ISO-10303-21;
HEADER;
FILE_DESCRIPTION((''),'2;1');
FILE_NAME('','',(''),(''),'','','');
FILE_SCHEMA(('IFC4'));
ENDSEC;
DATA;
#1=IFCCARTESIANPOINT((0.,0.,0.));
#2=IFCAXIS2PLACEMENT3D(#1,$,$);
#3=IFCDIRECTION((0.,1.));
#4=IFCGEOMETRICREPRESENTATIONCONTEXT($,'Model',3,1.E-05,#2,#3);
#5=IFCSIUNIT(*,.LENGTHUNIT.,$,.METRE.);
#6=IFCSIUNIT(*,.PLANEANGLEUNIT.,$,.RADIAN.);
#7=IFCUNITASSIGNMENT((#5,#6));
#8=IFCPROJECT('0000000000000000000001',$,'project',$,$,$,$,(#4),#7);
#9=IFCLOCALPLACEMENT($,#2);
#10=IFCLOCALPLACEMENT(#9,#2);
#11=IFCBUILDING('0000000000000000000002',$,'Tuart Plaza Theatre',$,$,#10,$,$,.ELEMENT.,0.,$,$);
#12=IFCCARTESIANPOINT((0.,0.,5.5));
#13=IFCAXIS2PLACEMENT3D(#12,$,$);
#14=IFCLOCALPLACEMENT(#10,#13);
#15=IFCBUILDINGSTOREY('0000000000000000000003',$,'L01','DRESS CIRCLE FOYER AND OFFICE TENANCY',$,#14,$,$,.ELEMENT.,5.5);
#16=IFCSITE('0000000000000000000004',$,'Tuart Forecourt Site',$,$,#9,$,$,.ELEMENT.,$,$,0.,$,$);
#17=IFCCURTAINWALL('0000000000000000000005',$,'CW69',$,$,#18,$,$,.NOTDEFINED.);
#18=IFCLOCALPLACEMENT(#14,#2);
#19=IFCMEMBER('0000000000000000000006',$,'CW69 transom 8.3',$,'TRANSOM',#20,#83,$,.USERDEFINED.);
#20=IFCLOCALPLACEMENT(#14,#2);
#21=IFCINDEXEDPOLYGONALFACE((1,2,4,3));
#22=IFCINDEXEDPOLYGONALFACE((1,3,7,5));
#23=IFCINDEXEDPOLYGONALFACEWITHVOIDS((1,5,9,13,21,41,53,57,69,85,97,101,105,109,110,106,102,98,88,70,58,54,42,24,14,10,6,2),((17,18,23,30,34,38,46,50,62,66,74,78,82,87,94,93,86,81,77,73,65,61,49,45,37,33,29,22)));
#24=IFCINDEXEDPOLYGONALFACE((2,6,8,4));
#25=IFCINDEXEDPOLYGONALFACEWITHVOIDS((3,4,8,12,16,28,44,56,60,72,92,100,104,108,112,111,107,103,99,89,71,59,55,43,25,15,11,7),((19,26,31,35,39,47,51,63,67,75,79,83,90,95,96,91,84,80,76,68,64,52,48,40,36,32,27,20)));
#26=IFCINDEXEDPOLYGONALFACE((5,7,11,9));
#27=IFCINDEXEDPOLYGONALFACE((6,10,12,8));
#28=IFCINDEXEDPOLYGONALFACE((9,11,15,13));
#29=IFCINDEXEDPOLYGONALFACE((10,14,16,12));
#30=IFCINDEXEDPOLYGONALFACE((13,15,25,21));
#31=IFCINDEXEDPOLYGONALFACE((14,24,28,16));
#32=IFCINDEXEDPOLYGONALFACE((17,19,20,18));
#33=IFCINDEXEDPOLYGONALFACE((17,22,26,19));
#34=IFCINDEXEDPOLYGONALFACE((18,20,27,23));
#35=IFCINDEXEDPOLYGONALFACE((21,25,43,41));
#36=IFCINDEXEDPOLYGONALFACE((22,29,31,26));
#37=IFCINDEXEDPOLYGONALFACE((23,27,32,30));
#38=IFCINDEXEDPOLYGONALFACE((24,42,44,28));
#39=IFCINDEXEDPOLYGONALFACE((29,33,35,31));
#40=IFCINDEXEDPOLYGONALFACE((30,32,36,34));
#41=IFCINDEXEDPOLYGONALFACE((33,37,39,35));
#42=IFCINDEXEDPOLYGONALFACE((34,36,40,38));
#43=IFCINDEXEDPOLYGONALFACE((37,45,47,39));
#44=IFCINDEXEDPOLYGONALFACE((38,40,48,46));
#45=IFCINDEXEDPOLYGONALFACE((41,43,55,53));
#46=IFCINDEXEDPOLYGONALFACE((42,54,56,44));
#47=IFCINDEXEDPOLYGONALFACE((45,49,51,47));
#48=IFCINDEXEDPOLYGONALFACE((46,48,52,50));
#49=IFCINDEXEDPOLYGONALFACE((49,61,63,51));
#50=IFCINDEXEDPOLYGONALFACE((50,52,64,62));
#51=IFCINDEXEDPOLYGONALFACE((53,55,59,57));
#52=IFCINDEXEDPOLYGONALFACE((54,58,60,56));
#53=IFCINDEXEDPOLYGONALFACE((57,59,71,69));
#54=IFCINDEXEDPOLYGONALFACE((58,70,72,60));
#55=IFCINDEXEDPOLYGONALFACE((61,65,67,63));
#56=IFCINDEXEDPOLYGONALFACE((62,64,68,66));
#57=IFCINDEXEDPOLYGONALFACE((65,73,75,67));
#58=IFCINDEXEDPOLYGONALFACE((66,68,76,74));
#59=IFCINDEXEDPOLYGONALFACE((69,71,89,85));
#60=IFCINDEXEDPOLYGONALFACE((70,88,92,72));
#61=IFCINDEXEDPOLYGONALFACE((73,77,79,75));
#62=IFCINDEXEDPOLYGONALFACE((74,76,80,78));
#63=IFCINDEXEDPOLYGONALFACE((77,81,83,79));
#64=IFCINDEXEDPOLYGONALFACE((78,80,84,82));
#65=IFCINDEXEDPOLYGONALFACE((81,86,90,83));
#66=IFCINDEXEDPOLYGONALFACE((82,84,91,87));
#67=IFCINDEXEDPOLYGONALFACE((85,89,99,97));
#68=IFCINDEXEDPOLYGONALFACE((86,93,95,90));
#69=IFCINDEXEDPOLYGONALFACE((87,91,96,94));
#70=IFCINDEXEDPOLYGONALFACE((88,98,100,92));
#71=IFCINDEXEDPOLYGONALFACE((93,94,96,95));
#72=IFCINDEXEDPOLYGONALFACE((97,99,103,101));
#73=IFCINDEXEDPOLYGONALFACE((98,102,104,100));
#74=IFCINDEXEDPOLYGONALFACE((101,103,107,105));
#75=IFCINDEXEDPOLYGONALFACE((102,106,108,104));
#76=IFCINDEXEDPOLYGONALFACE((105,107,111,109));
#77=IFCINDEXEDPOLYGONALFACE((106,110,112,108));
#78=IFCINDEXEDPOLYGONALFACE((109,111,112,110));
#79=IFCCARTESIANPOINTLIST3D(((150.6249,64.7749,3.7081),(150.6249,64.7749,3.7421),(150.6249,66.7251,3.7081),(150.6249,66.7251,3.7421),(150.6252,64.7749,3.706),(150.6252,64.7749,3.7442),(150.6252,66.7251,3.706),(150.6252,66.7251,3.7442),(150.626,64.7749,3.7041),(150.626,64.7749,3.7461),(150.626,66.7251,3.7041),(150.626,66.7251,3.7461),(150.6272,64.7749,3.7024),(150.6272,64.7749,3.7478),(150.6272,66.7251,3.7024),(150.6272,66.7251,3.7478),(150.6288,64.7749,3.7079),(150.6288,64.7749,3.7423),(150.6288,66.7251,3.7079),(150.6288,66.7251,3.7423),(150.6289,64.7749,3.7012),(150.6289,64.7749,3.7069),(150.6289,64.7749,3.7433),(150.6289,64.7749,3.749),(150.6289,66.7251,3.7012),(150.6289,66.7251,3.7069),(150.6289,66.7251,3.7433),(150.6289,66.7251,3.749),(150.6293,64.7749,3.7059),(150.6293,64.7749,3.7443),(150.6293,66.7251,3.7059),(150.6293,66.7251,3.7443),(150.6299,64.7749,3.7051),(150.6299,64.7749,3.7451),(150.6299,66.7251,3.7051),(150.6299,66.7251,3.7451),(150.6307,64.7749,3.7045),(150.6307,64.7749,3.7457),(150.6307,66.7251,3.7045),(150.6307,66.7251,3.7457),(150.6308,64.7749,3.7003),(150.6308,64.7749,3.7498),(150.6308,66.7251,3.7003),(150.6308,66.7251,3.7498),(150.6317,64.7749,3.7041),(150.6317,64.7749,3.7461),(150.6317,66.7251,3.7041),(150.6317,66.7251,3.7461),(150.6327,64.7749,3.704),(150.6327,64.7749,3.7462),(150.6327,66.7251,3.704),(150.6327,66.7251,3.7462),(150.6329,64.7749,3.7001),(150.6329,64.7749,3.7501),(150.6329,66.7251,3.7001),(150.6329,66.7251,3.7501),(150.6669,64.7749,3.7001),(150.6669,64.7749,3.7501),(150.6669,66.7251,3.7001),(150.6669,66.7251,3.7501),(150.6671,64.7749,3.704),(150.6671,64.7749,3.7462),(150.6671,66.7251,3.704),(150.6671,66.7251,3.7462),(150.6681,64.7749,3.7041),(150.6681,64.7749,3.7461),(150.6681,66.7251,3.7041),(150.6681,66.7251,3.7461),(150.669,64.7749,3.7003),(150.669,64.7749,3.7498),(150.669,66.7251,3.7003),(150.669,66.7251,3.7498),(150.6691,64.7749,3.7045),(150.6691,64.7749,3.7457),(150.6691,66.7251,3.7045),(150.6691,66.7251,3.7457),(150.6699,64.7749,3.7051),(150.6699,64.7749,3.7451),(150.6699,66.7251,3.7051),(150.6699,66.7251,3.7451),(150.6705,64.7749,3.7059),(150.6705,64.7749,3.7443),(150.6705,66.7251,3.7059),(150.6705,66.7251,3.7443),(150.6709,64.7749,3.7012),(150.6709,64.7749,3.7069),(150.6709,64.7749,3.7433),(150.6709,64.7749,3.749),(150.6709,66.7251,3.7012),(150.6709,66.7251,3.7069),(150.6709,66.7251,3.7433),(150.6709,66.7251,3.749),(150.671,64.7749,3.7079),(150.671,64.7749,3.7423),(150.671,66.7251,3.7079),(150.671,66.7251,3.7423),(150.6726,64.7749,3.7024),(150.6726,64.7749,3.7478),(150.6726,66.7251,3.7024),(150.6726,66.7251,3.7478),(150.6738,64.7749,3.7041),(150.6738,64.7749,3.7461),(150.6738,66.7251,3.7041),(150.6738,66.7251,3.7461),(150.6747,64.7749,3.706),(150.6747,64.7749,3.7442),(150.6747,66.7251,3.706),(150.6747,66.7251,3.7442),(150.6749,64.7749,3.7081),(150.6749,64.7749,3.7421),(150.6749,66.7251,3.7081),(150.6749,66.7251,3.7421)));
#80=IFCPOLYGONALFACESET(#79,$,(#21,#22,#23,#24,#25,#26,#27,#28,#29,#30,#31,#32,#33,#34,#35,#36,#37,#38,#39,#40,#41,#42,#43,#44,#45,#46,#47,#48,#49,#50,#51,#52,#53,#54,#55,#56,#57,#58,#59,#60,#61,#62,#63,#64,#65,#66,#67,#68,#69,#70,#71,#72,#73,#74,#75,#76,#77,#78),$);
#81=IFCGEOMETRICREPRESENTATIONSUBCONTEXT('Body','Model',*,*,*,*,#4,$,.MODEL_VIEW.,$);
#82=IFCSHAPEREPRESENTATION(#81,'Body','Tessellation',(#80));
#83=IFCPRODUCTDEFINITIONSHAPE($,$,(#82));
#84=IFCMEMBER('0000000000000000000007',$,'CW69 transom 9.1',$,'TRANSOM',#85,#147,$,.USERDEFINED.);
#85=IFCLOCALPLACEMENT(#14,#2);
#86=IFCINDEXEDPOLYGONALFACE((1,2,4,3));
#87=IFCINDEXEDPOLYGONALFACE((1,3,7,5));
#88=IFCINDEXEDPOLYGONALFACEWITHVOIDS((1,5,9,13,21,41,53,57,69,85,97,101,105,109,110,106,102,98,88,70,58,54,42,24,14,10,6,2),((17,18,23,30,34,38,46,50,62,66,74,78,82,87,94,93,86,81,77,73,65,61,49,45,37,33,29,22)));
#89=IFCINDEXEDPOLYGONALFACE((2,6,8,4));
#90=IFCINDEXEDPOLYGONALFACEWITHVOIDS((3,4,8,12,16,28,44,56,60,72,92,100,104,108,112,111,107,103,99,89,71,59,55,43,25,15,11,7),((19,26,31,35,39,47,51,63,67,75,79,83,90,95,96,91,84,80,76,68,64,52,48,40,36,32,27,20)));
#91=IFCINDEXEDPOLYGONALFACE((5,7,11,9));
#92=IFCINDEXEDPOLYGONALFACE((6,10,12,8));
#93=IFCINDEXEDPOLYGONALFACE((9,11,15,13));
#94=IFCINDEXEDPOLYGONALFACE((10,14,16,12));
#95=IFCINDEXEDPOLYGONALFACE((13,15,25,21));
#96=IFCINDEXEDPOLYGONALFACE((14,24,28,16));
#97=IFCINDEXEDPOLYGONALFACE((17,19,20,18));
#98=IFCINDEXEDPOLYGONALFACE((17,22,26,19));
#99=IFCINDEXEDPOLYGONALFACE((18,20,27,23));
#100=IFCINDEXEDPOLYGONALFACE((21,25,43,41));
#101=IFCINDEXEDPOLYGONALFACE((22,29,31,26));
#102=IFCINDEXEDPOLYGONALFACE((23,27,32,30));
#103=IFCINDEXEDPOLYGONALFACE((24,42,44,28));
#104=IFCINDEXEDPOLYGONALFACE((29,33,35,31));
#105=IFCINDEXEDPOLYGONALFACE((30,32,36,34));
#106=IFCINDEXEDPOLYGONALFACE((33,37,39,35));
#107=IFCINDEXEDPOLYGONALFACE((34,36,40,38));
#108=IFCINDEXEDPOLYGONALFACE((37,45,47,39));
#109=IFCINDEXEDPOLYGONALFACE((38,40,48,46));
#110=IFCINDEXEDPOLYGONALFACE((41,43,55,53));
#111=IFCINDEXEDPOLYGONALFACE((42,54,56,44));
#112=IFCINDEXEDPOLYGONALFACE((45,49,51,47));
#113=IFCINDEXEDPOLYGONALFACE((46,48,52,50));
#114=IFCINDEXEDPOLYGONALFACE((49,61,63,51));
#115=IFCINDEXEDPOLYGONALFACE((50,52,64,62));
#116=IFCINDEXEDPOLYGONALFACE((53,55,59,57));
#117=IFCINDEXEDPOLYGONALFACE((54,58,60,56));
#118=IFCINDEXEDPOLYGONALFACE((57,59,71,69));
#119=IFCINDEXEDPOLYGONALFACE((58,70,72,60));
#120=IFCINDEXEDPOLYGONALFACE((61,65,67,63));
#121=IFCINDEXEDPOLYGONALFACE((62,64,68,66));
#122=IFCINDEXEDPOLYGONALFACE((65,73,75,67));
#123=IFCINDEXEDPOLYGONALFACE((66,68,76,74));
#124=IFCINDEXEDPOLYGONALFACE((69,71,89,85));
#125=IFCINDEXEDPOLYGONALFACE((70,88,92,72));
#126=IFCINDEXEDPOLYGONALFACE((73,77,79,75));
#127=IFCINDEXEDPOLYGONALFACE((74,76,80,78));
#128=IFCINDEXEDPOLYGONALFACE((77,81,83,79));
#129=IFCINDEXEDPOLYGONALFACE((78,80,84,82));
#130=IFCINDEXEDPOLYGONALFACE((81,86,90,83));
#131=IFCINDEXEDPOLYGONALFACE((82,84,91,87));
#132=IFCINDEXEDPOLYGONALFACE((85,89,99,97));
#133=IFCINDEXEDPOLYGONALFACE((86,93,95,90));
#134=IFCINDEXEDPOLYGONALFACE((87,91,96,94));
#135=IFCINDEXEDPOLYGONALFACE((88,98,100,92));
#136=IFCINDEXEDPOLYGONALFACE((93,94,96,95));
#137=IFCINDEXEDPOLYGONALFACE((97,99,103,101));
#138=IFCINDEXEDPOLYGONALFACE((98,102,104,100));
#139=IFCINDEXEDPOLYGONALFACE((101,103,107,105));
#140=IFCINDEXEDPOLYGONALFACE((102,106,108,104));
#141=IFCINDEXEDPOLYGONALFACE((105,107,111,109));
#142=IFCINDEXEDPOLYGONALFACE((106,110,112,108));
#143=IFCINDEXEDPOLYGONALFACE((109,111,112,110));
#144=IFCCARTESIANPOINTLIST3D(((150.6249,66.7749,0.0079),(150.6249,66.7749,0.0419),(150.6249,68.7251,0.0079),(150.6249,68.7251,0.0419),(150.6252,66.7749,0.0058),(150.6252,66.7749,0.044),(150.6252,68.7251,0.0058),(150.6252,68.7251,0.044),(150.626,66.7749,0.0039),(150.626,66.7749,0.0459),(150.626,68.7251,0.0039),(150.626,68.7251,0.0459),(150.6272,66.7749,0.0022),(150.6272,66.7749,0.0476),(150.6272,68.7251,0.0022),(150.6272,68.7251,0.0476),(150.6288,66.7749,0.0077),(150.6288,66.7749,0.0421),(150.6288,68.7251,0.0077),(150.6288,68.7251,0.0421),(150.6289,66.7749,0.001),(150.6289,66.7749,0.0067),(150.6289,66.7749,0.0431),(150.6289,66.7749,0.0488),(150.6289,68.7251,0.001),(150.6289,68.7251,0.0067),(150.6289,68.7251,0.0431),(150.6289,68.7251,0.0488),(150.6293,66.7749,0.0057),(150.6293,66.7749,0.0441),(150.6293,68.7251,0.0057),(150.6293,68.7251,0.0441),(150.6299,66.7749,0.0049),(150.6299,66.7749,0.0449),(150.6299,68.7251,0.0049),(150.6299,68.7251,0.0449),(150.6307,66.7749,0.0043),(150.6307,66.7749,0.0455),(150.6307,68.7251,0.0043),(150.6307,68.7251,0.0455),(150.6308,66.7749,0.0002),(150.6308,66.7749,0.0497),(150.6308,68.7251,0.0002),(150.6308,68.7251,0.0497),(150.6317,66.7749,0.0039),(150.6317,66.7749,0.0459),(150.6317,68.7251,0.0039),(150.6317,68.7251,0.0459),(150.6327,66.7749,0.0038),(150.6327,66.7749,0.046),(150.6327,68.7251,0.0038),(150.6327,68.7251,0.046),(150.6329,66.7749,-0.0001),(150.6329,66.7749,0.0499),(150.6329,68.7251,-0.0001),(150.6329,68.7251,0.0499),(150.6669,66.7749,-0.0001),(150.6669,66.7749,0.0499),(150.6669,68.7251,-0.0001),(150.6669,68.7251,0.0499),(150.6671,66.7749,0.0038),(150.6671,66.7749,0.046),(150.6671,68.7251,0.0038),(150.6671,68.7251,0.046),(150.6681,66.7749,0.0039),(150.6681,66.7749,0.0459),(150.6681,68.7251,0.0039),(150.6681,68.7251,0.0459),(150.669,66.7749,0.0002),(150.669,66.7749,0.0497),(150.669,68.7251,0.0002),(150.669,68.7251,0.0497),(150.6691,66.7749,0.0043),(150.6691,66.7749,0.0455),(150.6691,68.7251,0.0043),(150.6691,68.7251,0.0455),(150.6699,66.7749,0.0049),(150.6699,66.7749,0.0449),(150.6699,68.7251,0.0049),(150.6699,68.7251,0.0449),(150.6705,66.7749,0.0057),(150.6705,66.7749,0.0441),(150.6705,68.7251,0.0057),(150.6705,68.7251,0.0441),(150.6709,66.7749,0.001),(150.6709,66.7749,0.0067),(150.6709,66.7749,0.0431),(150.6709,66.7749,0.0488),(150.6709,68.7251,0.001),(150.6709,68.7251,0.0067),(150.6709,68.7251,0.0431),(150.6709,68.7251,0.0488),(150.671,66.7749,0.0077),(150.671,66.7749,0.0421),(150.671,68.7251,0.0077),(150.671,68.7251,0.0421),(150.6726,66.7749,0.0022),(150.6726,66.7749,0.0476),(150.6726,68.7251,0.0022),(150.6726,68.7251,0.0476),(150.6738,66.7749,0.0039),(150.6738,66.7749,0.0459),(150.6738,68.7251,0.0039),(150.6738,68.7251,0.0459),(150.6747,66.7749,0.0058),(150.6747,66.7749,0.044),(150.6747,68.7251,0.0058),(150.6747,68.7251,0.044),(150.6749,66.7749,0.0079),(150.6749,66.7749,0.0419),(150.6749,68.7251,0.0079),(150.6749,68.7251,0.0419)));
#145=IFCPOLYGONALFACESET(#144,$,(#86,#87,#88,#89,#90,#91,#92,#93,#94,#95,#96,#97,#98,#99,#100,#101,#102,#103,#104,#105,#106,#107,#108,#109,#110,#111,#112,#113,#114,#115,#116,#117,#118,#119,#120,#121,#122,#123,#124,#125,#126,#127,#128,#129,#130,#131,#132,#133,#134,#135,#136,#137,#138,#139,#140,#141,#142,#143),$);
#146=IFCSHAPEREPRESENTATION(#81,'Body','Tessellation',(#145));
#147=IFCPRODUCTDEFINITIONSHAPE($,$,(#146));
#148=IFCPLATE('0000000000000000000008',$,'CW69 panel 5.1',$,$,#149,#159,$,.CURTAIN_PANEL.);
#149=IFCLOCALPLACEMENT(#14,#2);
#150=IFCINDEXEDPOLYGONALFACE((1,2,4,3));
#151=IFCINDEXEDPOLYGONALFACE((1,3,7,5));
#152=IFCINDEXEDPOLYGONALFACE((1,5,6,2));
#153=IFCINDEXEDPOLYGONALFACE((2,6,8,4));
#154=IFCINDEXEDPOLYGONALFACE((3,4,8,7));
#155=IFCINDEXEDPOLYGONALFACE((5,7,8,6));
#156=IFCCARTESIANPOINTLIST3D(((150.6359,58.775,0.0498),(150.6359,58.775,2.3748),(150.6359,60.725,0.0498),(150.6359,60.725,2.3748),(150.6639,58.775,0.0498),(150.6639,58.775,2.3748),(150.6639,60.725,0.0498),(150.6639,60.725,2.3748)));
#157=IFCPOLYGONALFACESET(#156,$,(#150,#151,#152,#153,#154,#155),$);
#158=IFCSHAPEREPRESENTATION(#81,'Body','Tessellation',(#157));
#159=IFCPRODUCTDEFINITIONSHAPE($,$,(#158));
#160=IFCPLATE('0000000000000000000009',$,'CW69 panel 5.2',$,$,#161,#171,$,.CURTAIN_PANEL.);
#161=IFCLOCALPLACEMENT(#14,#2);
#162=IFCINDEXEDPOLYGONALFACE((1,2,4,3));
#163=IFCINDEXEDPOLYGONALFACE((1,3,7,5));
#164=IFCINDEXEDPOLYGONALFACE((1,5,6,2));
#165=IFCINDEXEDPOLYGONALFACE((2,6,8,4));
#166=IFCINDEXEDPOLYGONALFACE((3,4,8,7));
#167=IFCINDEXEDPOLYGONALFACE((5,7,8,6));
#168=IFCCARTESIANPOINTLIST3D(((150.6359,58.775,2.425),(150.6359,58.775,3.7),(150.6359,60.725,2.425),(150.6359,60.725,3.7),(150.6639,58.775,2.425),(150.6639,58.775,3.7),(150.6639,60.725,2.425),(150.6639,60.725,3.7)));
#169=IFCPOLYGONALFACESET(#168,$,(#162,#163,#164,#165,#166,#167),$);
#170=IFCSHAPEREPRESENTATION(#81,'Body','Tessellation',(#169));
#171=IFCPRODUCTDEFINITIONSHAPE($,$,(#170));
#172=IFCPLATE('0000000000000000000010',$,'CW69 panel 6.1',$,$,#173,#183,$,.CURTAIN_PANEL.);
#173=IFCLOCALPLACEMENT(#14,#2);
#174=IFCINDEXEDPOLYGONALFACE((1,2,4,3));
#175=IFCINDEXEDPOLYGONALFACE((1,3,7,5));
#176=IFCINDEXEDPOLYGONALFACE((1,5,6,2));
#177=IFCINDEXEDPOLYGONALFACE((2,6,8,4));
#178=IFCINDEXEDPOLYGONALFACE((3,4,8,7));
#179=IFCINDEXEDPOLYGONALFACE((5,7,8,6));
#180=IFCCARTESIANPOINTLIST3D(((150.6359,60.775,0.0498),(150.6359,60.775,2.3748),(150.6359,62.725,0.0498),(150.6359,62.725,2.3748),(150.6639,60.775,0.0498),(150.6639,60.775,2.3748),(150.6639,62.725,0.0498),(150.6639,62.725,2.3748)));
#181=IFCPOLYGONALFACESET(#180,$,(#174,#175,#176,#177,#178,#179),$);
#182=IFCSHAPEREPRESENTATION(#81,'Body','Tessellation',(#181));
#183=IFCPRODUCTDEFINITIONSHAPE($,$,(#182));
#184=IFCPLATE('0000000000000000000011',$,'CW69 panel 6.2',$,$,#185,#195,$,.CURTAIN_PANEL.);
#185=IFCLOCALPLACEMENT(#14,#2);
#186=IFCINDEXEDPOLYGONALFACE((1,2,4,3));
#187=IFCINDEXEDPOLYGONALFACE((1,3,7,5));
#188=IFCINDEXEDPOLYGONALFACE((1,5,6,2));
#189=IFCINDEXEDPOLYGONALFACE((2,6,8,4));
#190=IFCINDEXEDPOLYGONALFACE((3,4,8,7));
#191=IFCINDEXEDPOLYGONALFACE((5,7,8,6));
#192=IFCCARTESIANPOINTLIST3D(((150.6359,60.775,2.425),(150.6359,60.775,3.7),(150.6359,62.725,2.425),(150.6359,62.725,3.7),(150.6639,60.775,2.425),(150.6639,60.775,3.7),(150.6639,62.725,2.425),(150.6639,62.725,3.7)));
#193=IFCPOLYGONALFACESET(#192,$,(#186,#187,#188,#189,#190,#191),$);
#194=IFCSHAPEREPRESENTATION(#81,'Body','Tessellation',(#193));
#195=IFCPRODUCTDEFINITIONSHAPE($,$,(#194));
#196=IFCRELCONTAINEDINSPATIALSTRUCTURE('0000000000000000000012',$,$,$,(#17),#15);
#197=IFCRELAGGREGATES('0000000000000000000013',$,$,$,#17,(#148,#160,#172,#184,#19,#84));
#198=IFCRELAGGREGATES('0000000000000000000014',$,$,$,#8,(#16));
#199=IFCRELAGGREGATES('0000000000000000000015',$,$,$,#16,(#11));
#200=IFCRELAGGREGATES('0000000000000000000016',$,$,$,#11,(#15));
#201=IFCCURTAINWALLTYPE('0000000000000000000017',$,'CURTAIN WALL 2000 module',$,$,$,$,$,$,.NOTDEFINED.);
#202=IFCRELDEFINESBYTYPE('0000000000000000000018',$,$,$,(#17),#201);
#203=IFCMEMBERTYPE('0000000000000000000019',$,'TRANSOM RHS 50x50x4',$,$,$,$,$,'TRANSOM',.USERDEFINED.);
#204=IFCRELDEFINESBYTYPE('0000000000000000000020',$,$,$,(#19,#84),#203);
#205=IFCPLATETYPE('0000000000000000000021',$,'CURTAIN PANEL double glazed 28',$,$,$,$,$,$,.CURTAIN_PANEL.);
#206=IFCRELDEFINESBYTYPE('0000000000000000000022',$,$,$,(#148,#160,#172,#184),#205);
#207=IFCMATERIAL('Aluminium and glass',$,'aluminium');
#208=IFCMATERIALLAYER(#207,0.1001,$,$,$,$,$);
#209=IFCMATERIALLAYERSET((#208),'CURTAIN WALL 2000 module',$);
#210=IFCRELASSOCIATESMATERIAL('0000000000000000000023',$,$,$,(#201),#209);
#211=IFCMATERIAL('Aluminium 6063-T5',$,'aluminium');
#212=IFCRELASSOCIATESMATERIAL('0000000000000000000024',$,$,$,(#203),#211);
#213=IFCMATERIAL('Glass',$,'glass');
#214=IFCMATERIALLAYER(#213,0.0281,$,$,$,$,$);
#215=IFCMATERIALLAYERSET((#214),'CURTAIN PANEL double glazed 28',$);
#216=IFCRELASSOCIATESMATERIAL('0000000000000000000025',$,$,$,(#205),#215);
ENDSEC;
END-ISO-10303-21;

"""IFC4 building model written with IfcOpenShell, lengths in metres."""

from ifc_helpers import new_model, si_unit, direction, frame, origin, origin_2d, place, context, subcontext, project, spatial, rectangle, hollow_rectangle, extrude, material, layer, layer_set, material_profile, profile_set, type_object, element, aggregate, save


model = new_model("IFC4")

# Units and contexts
model_context = context("Model", 3, precision=1e-05, world=origin(), true_north=direction((0.0, 1.0)))
body_context = subcontext(model_context, "Body", "Model", "MODEL_VIEW")
ifc_project = project(units=[si_unit("LENGTHUNIT", "METRE"), si_unit("PLANEANGLEUNIT", "RADIAN")], contexts=[model_context])

# Site, building, storey
site_placement = place(None, origin())
site = spatial("IfcSite", under=ifc_project, at=site_placement, Name="Tuart Forecourt Site", CompositionType="ELEMENT", RefElevation=0.0)
building_placement = place(site_placement, origin())
building = spatial("IfcBuilding", under=site, at=building_placement, Name="Tuart Plaza Theatre", CompositionType="ELEMENT", ElevationOfRefHeight=0.0)
storey_placement = place(building_placement, frame((0.0, 0.0, 5.5)))
storey = spatial("IfcBuildingStorey", under=building, at=storey_placement, Name="L01", Description="DRESS CIRCLE FOYER AND OFFICE TENANCY", CompositionType="ELEMENT", Elevation=5.5)

# Curtain wall, members, plates
ifc_material_1 = material(Name="Aluminium and glass", Category="aluminium")
ifc_layer_1 = layer(ifc_material_1, 0.1001)
ifc_layer_set_1 = layer_set([ifc_layer_1], Name="CURTAIN WALL 2000 module")
curtain_wall_type = type_object("IfcCurtainWallType", Name="CURTAIN WALL 2000 module", PredefinedType="NOTDEFINED", material=ifc_layer_set_1)
curtain_wall_placement = place(storey_placement, origin())
curtain_wall = element("IfcCurtainWall", 1, at=curtain_wall_placement, inside=storey, type_object=curtain_wall_type, Name="CW69", PredefinedType="NOTDEFINED")
ifc_material_2 = material(Name="Aluminium 6063-T5", Category="aluminium")
ifc_material_profile_1 = material_profile(ifc_material_2, hollow_rectangle(XDim=0.05, YDim=0.05, WallThickness=0.0039, InnerFilletRadius=0.0039, OuterFilletRadius=0.0081, at=origin_2d()), Name="RHS 50x50x4")
ifc_profile_set_1 = profile_set([ifc_material_profile_1], Name="Aluminium 6063-T5")
member_type_1 = type_object("IfcMemberType", Name="TRANSOM RHS 50x50x4", ElementType="TRANSOM", PredefinedType="USERDEFINED", material=ifc_profile_set_1)
member_1_placement = place(storey_placement, frame((150.6499, 64.7749, 3.7251), z_axis=(0.0, 1.0, 0.0), x_axis=(-1.0, 0.0, 0.0)))
member_1 = element("IfcMember", 2, at=member_1_placement, type_object=member_type_1, Name="CW69 transom 8.3", ObjectType="TRANSOM", PredefinedType="USERDEFINED", context=body_context, shape_type="SweptSolid", body=[
    extrude(hollow_rectangle(XDim=0.05, YDim=0.05, WallThickness=0.0039, InnerFilletRadius=0.0039, OuterFilletRadius=0.0081, at=origin_2d()), origin(), (0.0, 0.0, 1.0), 1.9502),
])
member_2_placement = place(storey_placement, frame((150.6499, 66.7749, 0.0249), z_axis=(0.0, 1.0, 0.0), x_axis=(-1.0, 0.0, 0.0)))
member_2 = element("IfcMember", 3, at=member_2_placement, type_object=member_type_1, Name="CW69 transom 9.1", ObjectType="TRANSOM", PredefinedType="USERDEFINED", context=body_context, shape_type="SweptSolid", body=[
    extrude(hollow_rectangle(XDim=0.05, YDim=0.05, WallThickness=0.0039, InnerFilletRadius=0.0039, OuterFilletRadius=0.0081, at=origin_2d()), origin(), (0.0, 0.0, 1.0), 1.9502),
])
ifc_material_3 = material(Name="Glass", Category="glass")
ifc_layer_2 = layer(ifc_material_3, 0.0281)
ifc_layer_set_2 = layer_set([ifc_layer_2], Name="CURTAIN PANEL double glazed 28")
plate_type = type_object("IfcPlateType", Name="CURTAIN PANEL double glazed 28", PredefinedType="CURTAIN_PANEL", material=ifc_layer_set_2)
plate_1_placement = place(storey_placement, frame((150.6499, 59.75, 0.0498), z_axis=(0.0, 0.0, 1.0), x_axis=(0.0, 1.0, 0.0)))
plate_1 = element("IfcPlate", 4, at=plate_1_placement, type_object=plate_type, Name="CW69 panel 5.1", PredefinedType="CURTAIN_PANEL", context=body_context, shape_type="SweptSolid", body=[
    extrude(rectangle(XDim=1.95, YDim=0.0281, at=origin_2d()), origin(), (0.0, 0.0, 1.0), 2.325),
])
plate_2_placement = place(storey_placement, frame((150.6499, 59.75, 2.425), z_axis=(0.0, 0.0, 1.0), x_axis=(0.0, 1.0, 0.0)))
plate_2 = element("IfcPlate", 5, at=plate_2_placement, type_object=plate_type, Name="CW69 panel 5.2", PredefinedType="CURTAIN_PANEL", context=body_context, shape_type="SweptSolid", body=[
    extrude(rectangle(XDim=1.95, YDim=0.0281, at=origin_2d()), origin(), (0.0, 0.0, 1.0), 1.2749),
])
plate_3_placement = place(storey_placement, frame((150.6499, 61.75, 0.0498), z_axis=(0.0, 0.0, 1.0), x_axis=(0.0, 1.0, 0.0)))
plate_3 = element("IfcPlate", 6, at=plate_3_placement, type_object=plate_type, Name="CW69 panel 6.1", PredefinedType="CURTAIN_PANEL", context=body_context, shape_type="SweptSolid", body=[
    extrude(rectangle(XDim=1.95, YDim=0.0281, at=origin_2d()), origin(), (0.0, 0.0, 1.0), 2.325),
])
plate_4_placement = place(storey_placement, frame((150.6499, 61.75, 2.425), z_axis=(0.0, 0.0, 1.0), x_axis=(0.0, 1.0, 0.0)))
plate_4 = element("IfcPlate", 7, at=plate_4_placement, type_object=plate_type, Name="CW69 panel 6.2", PredefinedType="CURTAIN_PANEL", context=body_context, shape_type="SweptSolid", body=[
    extrude(rectangle(XDim=1.95, YDim=0.0281, at=origin_2d()), origin(), (0.0, 0.0, 1.0), 1.2749),
])
aggregate(curtain_wall, [plate_1, plate_2, plate_3, plate_4, member_1, member_2])

save(model, "model.ifc")
